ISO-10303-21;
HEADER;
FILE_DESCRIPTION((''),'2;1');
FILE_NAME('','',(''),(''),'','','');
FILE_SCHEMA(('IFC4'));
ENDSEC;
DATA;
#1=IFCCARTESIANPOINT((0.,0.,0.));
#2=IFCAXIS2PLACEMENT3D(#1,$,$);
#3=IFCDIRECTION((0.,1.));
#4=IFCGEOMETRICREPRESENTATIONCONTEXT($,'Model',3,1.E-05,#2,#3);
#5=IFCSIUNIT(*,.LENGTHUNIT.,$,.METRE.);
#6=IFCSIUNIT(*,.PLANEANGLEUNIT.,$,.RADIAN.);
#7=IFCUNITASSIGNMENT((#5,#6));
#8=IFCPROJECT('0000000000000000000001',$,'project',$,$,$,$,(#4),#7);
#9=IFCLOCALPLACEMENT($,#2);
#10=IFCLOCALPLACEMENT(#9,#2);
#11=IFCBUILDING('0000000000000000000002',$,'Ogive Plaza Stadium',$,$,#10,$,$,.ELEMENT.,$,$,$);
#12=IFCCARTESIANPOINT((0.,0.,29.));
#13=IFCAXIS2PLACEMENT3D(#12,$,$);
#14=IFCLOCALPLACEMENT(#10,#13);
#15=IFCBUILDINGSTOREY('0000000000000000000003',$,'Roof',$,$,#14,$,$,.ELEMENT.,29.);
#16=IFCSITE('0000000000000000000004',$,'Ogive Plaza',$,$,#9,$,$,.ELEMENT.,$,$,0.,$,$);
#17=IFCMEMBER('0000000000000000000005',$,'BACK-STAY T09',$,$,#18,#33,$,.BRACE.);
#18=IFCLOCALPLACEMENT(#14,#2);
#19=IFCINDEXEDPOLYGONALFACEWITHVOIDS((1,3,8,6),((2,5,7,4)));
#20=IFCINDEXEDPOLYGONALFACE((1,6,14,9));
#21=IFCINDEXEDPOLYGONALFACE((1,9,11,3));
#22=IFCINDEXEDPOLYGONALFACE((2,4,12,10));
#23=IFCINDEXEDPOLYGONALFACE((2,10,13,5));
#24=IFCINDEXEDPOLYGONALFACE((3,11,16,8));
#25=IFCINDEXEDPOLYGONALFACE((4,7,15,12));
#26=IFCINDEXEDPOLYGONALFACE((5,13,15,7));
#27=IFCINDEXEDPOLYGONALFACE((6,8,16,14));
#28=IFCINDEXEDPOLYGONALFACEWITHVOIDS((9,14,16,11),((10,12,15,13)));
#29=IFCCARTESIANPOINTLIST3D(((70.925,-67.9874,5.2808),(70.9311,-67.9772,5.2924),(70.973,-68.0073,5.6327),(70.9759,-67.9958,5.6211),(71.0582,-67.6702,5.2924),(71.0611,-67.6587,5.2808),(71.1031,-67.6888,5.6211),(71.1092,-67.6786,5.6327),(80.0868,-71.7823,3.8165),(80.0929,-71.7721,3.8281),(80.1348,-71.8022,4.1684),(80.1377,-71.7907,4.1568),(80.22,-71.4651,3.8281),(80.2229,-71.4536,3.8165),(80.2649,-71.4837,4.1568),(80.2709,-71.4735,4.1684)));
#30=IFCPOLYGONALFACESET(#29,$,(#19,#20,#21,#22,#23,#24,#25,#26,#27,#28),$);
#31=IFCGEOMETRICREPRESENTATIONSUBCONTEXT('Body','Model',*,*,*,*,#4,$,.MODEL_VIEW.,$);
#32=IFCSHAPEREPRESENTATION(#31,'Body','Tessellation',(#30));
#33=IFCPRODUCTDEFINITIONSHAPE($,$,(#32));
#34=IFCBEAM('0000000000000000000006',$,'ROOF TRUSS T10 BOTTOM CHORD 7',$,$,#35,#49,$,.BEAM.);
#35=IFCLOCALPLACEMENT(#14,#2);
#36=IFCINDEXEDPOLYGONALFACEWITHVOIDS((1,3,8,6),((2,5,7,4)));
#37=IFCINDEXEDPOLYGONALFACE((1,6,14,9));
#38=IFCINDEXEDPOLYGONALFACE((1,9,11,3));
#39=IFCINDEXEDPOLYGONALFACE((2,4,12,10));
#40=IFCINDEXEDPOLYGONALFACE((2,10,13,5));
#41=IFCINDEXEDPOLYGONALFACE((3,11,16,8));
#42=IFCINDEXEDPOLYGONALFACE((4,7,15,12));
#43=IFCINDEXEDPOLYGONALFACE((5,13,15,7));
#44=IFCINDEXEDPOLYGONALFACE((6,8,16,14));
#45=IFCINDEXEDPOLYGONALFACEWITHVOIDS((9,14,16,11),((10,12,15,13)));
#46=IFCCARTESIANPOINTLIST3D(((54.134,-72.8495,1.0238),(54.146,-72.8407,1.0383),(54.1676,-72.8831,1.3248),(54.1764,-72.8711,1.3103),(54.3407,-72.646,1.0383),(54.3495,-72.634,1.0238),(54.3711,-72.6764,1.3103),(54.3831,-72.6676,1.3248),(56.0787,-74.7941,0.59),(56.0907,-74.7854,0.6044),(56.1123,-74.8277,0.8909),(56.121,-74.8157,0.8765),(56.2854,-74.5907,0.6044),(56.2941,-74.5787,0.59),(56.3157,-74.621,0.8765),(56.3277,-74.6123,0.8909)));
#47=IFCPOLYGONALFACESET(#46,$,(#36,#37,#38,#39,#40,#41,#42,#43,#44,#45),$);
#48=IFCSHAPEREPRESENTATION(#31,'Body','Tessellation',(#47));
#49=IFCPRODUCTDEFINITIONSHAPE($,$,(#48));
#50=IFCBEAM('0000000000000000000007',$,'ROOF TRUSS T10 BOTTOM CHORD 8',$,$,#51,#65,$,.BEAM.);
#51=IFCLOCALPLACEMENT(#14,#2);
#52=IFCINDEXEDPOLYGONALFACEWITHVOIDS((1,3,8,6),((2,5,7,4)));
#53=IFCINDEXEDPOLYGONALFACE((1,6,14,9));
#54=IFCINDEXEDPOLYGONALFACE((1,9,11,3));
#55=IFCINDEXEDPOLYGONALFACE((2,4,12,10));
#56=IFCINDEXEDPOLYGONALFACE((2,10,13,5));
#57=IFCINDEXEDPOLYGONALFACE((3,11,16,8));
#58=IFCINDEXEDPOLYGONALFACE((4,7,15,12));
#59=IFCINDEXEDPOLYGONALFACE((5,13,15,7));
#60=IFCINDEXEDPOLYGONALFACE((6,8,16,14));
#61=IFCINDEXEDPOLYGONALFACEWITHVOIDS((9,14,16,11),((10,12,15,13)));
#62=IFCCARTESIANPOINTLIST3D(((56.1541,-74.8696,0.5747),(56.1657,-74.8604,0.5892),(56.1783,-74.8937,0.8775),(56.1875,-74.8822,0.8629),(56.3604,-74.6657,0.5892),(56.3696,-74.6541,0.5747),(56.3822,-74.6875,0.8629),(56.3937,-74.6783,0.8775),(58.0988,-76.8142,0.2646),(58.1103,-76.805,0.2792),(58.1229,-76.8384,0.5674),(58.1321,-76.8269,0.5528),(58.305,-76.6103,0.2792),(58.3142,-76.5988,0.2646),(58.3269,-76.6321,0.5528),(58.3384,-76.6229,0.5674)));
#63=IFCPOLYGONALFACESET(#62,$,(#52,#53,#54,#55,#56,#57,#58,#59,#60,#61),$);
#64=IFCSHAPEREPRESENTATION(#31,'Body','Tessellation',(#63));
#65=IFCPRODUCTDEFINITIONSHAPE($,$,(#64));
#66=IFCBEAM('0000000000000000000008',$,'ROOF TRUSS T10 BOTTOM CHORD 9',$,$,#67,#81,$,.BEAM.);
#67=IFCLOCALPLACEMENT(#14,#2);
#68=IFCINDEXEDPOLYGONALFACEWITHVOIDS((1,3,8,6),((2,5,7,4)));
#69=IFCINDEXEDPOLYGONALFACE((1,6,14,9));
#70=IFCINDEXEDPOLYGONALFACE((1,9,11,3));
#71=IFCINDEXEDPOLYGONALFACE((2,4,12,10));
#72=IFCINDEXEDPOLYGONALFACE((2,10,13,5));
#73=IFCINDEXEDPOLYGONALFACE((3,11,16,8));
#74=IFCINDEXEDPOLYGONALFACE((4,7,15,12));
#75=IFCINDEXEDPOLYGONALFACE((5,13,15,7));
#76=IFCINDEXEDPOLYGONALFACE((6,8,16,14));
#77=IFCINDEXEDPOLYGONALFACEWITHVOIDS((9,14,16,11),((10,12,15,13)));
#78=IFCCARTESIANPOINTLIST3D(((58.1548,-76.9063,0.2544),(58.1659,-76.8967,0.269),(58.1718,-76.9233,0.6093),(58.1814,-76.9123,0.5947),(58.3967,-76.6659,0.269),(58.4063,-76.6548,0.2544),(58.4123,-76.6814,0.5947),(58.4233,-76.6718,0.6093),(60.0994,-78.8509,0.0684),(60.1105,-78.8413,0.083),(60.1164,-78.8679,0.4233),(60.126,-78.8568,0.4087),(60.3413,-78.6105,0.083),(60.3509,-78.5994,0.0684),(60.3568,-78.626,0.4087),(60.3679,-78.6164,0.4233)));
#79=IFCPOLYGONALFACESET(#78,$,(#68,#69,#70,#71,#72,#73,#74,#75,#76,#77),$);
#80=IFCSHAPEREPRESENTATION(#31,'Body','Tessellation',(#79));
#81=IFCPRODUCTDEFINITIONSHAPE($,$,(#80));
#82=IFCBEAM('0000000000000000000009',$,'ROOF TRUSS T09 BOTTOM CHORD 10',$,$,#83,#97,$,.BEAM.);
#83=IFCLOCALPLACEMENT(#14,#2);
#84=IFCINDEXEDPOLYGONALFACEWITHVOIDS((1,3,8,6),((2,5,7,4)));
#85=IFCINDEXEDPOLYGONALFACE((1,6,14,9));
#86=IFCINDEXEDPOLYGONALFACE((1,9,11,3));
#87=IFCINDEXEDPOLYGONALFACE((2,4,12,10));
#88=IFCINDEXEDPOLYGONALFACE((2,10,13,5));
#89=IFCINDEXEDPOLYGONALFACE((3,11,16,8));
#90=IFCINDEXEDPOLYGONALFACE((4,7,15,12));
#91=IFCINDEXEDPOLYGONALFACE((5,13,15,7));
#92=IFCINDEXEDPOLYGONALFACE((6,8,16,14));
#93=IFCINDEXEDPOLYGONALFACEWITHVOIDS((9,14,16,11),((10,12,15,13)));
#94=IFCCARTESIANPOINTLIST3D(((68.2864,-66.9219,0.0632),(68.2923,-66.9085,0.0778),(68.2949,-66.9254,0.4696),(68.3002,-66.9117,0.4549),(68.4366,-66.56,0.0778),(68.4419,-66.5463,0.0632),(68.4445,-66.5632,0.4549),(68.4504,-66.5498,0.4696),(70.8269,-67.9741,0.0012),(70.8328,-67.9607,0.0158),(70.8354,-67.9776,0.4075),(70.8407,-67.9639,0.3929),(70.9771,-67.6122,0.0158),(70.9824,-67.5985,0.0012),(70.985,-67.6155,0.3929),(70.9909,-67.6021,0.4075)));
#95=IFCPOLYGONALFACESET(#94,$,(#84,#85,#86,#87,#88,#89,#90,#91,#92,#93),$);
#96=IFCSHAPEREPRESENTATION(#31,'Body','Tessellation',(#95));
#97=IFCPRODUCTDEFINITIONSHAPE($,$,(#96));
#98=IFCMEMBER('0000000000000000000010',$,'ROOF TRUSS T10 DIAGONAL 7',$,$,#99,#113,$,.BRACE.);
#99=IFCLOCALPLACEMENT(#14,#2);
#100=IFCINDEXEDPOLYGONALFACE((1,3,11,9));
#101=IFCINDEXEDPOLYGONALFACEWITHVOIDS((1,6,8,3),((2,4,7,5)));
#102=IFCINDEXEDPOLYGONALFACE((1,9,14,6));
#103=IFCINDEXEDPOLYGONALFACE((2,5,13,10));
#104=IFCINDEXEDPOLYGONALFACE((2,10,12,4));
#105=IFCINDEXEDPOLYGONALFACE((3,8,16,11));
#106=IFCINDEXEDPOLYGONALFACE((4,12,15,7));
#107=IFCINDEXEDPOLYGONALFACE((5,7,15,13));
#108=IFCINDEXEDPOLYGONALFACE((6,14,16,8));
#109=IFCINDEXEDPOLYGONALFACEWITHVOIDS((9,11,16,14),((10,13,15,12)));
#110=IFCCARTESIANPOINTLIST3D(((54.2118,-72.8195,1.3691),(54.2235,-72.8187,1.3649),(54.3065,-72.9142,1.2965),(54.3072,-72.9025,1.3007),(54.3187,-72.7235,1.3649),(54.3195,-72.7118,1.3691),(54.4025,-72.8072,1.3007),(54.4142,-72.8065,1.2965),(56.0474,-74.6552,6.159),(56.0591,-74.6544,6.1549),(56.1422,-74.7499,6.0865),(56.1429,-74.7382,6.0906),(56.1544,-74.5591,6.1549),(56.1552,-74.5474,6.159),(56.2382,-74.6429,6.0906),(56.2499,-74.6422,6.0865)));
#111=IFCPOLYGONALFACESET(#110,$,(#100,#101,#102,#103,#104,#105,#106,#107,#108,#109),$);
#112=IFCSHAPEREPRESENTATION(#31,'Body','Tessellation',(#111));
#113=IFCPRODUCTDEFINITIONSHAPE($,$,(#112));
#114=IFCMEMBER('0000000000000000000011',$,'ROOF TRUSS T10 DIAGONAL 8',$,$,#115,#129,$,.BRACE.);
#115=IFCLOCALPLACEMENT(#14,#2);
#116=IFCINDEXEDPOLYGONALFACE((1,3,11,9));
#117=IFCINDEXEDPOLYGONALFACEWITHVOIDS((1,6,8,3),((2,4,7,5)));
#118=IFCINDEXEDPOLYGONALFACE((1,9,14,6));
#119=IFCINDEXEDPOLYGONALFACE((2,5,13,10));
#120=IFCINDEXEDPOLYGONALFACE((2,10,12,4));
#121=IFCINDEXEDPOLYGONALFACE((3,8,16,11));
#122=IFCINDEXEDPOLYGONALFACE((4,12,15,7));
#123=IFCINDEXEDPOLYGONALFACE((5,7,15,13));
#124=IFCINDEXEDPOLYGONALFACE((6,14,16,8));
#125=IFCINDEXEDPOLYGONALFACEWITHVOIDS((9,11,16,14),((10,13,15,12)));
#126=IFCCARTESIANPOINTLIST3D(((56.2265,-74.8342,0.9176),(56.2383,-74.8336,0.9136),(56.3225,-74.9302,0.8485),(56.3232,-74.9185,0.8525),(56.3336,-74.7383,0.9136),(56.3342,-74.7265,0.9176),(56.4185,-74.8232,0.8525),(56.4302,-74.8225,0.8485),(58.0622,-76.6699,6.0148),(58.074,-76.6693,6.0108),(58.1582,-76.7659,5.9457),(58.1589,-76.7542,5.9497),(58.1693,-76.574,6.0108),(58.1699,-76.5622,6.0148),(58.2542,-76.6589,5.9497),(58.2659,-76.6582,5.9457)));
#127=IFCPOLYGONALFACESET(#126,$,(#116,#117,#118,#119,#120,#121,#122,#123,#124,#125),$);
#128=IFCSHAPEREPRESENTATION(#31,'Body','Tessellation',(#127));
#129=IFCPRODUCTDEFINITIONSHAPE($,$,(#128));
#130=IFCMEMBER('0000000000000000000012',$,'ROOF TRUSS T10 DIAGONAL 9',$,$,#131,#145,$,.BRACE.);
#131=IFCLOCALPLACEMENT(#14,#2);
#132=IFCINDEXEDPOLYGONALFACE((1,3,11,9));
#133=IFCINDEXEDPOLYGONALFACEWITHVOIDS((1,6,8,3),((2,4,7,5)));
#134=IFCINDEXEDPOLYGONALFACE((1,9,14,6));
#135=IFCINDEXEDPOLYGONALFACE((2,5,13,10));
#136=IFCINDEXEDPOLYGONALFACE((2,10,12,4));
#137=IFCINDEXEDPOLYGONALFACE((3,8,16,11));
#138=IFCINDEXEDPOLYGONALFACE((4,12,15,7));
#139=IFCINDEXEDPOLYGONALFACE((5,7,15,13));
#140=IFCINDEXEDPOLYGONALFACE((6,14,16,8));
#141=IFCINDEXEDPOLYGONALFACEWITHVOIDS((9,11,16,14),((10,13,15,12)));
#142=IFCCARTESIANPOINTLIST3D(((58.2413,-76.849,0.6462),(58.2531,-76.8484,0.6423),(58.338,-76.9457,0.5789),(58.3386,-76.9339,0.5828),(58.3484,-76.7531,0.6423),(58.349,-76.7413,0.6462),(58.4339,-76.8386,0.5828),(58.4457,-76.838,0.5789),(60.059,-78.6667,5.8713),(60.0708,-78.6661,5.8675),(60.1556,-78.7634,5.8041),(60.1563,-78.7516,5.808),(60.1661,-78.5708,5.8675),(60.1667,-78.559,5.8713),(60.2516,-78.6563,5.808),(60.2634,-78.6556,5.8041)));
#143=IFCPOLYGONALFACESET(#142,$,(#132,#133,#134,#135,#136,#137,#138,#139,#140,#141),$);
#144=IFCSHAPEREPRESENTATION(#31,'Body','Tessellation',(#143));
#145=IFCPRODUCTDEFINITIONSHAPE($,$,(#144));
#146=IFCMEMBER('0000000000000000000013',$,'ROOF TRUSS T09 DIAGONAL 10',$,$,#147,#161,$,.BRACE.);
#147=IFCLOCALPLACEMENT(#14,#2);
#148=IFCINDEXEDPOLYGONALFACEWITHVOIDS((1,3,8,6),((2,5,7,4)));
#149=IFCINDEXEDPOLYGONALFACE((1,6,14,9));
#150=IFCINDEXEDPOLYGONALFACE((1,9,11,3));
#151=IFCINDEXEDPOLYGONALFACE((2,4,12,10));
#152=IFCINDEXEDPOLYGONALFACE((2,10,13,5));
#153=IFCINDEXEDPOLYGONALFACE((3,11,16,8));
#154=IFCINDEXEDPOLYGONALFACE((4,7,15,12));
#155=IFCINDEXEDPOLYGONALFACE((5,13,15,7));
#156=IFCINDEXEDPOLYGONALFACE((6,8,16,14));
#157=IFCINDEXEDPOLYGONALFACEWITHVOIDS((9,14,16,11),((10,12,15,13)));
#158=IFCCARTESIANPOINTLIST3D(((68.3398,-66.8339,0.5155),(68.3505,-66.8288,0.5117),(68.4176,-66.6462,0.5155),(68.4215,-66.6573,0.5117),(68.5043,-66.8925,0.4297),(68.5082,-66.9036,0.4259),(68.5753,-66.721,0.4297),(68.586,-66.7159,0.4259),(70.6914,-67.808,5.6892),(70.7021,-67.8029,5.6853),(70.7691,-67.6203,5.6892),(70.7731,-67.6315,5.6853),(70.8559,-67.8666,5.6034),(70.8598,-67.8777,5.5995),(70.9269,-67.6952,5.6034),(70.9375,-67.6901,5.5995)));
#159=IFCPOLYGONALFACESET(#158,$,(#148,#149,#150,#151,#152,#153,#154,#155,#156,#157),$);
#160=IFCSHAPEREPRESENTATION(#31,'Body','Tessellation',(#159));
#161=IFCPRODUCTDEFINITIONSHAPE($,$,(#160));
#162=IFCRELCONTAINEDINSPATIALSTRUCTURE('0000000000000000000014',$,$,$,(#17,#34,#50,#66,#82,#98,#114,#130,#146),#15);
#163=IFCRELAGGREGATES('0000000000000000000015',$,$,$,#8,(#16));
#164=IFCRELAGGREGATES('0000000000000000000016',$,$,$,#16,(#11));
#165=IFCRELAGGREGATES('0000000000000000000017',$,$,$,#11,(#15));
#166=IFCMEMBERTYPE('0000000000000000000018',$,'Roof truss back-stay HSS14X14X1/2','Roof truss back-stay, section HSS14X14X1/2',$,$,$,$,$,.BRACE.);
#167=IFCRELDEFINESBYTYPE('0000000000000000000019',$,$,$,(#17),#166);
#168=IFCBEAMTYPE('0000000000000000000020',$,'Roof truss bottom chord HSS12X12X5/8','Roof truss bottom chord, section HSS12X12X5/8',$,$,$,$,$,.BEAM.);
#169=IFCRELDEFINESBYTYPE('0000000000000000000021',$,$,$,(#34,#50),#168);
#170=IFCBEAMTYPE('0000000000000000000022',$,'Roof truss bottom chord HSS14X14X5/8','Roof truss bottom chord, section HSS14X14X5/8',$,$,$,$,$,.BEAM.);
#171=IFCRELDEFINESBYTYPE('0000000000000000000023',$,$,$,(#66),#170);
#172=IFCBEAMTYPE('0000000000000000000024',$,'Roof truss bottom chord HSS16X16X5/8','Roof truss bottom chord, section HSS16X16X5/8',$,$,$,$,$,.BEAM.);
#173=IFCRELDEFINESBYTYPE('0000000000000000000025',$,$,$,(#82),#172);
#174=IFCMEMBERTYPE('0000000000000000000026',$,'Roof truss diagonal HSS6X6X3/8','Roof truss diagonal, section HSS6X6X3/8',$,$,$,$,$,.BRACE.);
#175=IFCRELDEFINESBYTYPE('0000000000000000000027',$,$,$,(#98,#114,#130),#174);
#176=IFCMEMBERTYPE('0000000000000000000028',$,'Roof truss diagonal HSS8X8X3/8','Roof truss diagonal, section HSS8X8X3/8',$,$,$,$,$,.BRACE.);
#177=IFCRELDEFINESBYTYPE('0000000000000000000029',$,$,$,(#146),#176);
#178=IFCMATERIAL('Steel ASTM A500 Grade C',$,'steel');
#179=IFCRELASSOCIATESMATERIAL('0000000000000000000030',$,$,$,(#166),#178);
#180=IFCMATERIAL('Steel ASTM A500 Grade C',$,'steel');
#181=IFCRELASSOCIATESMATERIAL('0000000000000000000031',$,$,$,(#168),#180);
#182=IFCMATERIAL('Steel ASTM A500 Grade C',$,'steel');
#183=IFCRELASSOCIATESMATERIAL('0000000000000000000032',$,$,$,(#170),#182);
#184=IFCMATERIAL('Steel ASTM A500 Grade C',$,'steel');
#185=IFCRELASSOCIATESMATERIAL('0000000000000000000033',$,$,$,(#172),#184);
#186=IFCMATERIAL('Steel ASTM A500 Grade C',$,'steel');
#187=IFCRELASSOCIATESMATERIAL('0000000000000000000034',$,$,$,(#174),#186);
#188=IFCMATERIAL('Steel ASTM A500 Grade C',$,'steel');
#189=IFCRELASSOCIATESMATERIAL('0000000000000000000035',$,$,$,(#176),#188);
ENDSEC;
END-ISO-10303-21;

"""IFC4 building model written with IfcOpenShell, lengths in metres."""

from ifc_helpers import new_model, si_unit, direction, frame, origin, origin_2d, place, context, subcontext, project, spatial, hollow_rectangle, extrude, material, material_profile, profile_set, type_object, element, save


model = new_model("IFC4")

# Units and contexts
model_context = context("Model", 3, precision=1e-05, world=origin(), true_north=direction((0.0, 1.0)))
body_context = subcontext(model_context, "Body", "Model", "MODEL_VIEW")
ifc_project = project(units=[si_unit("LENGTHUNIT", "METRE"), si_unit("PLANEANGLEUNIT", "RADIAN")], contexts=[model_context])

# Site, building, storey
site_placement = place(None, origin())
site = spatial("IfcSite", under=ifc_project, at=site_placement, Name="Ogive Plaza", CompositionType="ELEMENT", RefElevation=0.0)
building_placement = place(site_placement, origin())
building = spatial("IfcBuilding", under=site, at=building_placement, Name="Ogive Plaza Stadium", CompositionType="ELEMENT")
storey_placement = place(building_placement, frame((0.0, 0.0, 29.0)))
storey = spatial("IfcBuildingStorey", under=building, at=storey_placement, Name="Roof", CompositionType="ELEMENT", Elevation=29.0)

# Member
ifc_material_1 = material(Name="Steel ASTM A500 Grade C", Category="steel")
ifc_material_profile_1 = material_profile(ifc_material_1, hollow_rectangle(XDim=0.3557, YDim=0.3557, WallThickness=0.0117, at=origin_2d()), Name="HSS14X14X1/2")
ifc_profile_set_1 = profile_set([ifc_material_profile_1], Name="Steel ASTM A500 Grade C")
member_type_1 = type_object("IfcMemberType", Name="Roof truss back-stay HSS14X14X1/2", Description="Roof truss back-stay, section HSS14X14X1/2", PredefinedType="BRACE", material=ifc_profile_set_1)
member_1_placement = place(storey_placement, frame((71.0171, -67.833, 5.4568), z_axis=(0.91397, -0.378574, -0.146081), x_axis=(0.382679, 0.923881, 0.0)))
element("IfcMember", 1, at=member_1_placement, inside=storey, type_object=member_type_1, Name="BACK-STAY T09", PredefinedType="BRACE", context=body_context, shape_type="SweptSolid", body=[
    extrude(hollow_rectangle(XDim=0.3557, YDim=0.3557, WallThickness=0.0117, at=origin_2d()), origin(), (0.0, 0.0, 1.0), 10.0242),
])

# Beams
ifc_material_2 = material(Name="Steel ASTM A500 Grade C", Category="steel")
ifc_material_profile_2 = material_profile(ifc_material_2, hollow_rectangle(XDim=0.3047, YDim=0.3047, WallThickness=0.0146, at=origin_2d()), Name="HSS12X12X5/8")
ifc_profile_set_2 = profile_set([ifc_material_profile_2], Name="Steel ASTM A500 Grade C")
beam_type_1 = type_object("IfcBeamType", Name="Roof truss bottom chord HSS12X12X5/8", Description="Roof truss bottom chord, section HSS12X12X5/8", PredefinedType="BEAM", material=ifc_profile_set_2)
beam_1_placement = place(storey_placement, frame((54.2585, -72.7585, 1.1743), z_axis=(0.698469, -0.698469, -0.155829), x_axis=(0.707107, 0.707107, 0.0)))
element("IfcBeam", 2, at=beam_1_placement, inside=storey, type_object=beam_type_1, Name="ROOF TRUSS T10 BOTTOM CHORD 7", PredefinedType="BEAM", context=body_context, shape_type="SweptSolid", body=[
    extrude(hollow_rectangle(XDim=0.3047, YDim=0.3047, WallThickness=0.0146, at=origin_2d()), origin(), (0.0, 0.0, 1.0), 2.7842),
])
beam_2_placement = place(storey_placement, frame((56.2739, -74.7739, 0.7261), z_axis=(0.702655, -0.702655, -0.112037), x_axis=(0.707107, 0.707107, 0.0)))
element("IfcBeam", 3, at=beam_2_placement, inside=storey, type_object=beam_type_1, Name="ROOF TRUSS T10 BOTTOM CHORD 8", PredefinedType="BEAM", context=body_context, shape_type="SweptSolid", body=[
    extrude(hollow_rectangle(XDim=0.3047, YDim=0.3047, WallThickness=0.0146, at=origin_2d()), origin(), (0.0, 0.0, 1.0), 2.7676),
])
ifc_material_3 = material(Name="Steel ASTM A500 Grade C", Category="steel")
ifc_material_profile_3 = material_profile(ifc_material_3, hollow_rectangle(XDim=0.3557, YDim=0.3557, WallThickness=0.0146, at=origin_2d()), Name="HSS14X14X5/8")
ifc_profile_set_3 = profile_set([ifc_material_profile_3], Name="Steel ASTM A500 Grade C")
beam_type_2 = type_object("IfcBeamType", Name="Roof truss bottom chord HSS14X14X5/8", Description="Roof truss bottom chord, section HSS14X14X5/8", PredefinedType="BEAM", material=ifc_profile_set_3)
beam_3_placement = place(storey_placement, frame((58.2891, -76.7891, 0.4319), z_axis=(0.705494, -0.705494, -0.067494), x_axis=(0.707107, 0.707107, 0.0)))
element("IfcBeam", 4, at=beam_3_placement, inside=storey, type_object=beam_type_2, Name="ROOF TRUSS T10 BOTTOM CHORD 9", PredefinedType="BEAM", context=body_context, shape_type="SweptSolid", body=[
    extrude(hollow_rectangle(XDim=0.3557, YDim=0.3557, WallThickness=0.0146, at=origin_2d()), origin(), (0.0, 0.0, 1.0), 2.7563),
])
ifc_material_4 = material(Name="Steel ASTM A500 Grade C", Category="steel")
ifc_material_profile_4 = material_profile(ifc_material_4, hollow_rectangle(XDim=0.4065, YDim=0.4065, WallThickness=0.0146, at=origin_2d()), Name="HSS16X16X5/8")
ifc_profile_set_4 = profile_set([ifc_material_profile_4], Name="Steel ASTM A500 Grade C")
beam_type_3 = type_object("IfcBeamType", Name="Roof truss bottom chord HSS16X16X5/8", Description="Roof truss bottom chord, section HSS16X16X5/8", PredefinedType="BEAM", material=ifc_profile_set_4)
beam_4_placement = place(storey_placement, frame((68.3684, -66.7358, 0.2664), z_axis=(0.923654, -0.382563, -0.022545), x_axis=(0.38266, 0.923889, 0.0)))
element("IfcBeam", 5, at=beam_4_placement, inside=storey, type_object=beam_type_3, Name="ROOF TRUSS T09 BOTTOM CHORD 10", PredefinedType="BEAM", context=body_context, shape_type="SweptSolid", body=[
    extrude(hollow_rectangle(XDim=0.4065, YDim=0.4065, WallThickness=0.0146, at=origin_2d()), origin(), (0.0, 0.0, 1.0), 2.7505),
])

# Members
ifc_material_5 = material(Name="Steel ASTM A500 Grade C", Category="steel")
ifc_material_profile_5 = material_profile(ifc_material_5, hollow_rectangle(XDim=0.1523, YDim=0.1523, WallThickness=0.0088, at=origin_2d()), Name="HSS6X6X3/8")
ifc_profile_set_5 = profile_set([ifc_material_profile_5], Name="Steel ASTM A500 Grade C")
member_type_2 = type_object("IfcMemberType", Name="Roof truss diagonal HSS6X6X3/8", Description="Roof truss diagonal, section HSS6X6X3/8", PredefinedType="BRACE", material=ifc_profile_set_5)
member_2_placement = place(storey_placement, frame((54.313, -72.813, 1.3328), z_axis=(0.336929, -0.336929, 0.87918), x_axis=(0.707107, 0.707107, 0.0)))
element("IfcMember", 6, at=member_2_placement, inside=storey, type_object=member_type_2, Name="ROOF TRUSS T10 DIAGONAL 7", PredefinedType="BRACE", context=body_context, shape_type="SweptSolid", body=[
    extrude(hollow_rectangle(XDim=0.1523, YDim=0.1523, WallThickness=0.0088, at=origin_2d()), origin(), (0.0, 0.0, 1.0), 5.4482),
])
member_3_placement = place(storey_placement, frame((56.3284, -74.8284, 0.8831), z_axis=(0.320914, -0.320914, 0.891082), x_axis=(0.707107, 0.707107, 0.0)))
element("IfcMember", 7, at=member_3_placement, inside=storey, type_object=member_type_2, Name="ROOF TRUSS T10 DIAGONAL 8", PredefinedType="BRACE", context=body_context, shape_type="SweptSolid", body=[
    extrude(hollow_rectangle(XDim=0.1523, YDim=0.1523, WallThickness=0.0088, at=origin_2d()), origin(), (0.0, 0.0, 1.0), 5.7202),
])
member_4_placement = place(storey_placement, frame((58.3435, -76.8435, 0.6125), z_axis=(0.312138, -0.312138, 0.897296), x_axis=(0.707107, 0.707107, 0.0)))
element("IfcMember", 8, at=member_4_placement, inside=storey, type_object=member_type_2, Name="ROOF TRUSS T10 DIAGONAL 9", PredefinedType="BRACE", context=body_context, shape_type="SweptSolid", body=[
    extrude(hollow_rectangle(XDim=0.1523, YDim=0.1523, WallThickness=0.0088, at=origin_2d()), origin(), (0.0, 0.0, 1.0), 5.8232),
])
ifc_material_6 = material(Name="Steel ASTM A500 Grade C", Category="steel")
ifc_material_profile_6 = material_profile(ifc_material_6, hollow_rectangle(XDim=0.2031, YDim=0.2031, WallThickness=0.0088, at=origin_2d()), Name="HSS8X8X3/8")
ifc_profile_set_6 = profile_set([ifc_material_profile_6], Name="Steel ASTM A500 Grade C")
member_type_3 = type_object("IfcMemberType", Name="Roof truss diagonal HSS8X8X3/8", Description="Roof truss diagonal, section HSS8X8X3/8", PredefinedType="BRACE", material=ifc_profile_set_6)
member_5_placement = place(storey_placement, frame((68.4629, -66.7749, 0.4707), z_axis=(0.407845, -0.168947, 0.897284), x_axis=(0.382708, 0.92387, 0.0)))
element("IfcMember", 9, at=member_5_placement, inside=storey, type_object=member_type_3, Name="ROOF TRUSS T09 DIAGONAL 10", PredefinedType="BRACE", context=body_context, shape_type="SweptSolid", body=[
    extrude(hollow_rectangle(XDim=0.2031, YDim=0.2031, WallThickness=0.0088, at=origin_2d()), origin(), (0.0, 0.0, 1.0), 5.7659),
])

save(model, "model.ifc")
